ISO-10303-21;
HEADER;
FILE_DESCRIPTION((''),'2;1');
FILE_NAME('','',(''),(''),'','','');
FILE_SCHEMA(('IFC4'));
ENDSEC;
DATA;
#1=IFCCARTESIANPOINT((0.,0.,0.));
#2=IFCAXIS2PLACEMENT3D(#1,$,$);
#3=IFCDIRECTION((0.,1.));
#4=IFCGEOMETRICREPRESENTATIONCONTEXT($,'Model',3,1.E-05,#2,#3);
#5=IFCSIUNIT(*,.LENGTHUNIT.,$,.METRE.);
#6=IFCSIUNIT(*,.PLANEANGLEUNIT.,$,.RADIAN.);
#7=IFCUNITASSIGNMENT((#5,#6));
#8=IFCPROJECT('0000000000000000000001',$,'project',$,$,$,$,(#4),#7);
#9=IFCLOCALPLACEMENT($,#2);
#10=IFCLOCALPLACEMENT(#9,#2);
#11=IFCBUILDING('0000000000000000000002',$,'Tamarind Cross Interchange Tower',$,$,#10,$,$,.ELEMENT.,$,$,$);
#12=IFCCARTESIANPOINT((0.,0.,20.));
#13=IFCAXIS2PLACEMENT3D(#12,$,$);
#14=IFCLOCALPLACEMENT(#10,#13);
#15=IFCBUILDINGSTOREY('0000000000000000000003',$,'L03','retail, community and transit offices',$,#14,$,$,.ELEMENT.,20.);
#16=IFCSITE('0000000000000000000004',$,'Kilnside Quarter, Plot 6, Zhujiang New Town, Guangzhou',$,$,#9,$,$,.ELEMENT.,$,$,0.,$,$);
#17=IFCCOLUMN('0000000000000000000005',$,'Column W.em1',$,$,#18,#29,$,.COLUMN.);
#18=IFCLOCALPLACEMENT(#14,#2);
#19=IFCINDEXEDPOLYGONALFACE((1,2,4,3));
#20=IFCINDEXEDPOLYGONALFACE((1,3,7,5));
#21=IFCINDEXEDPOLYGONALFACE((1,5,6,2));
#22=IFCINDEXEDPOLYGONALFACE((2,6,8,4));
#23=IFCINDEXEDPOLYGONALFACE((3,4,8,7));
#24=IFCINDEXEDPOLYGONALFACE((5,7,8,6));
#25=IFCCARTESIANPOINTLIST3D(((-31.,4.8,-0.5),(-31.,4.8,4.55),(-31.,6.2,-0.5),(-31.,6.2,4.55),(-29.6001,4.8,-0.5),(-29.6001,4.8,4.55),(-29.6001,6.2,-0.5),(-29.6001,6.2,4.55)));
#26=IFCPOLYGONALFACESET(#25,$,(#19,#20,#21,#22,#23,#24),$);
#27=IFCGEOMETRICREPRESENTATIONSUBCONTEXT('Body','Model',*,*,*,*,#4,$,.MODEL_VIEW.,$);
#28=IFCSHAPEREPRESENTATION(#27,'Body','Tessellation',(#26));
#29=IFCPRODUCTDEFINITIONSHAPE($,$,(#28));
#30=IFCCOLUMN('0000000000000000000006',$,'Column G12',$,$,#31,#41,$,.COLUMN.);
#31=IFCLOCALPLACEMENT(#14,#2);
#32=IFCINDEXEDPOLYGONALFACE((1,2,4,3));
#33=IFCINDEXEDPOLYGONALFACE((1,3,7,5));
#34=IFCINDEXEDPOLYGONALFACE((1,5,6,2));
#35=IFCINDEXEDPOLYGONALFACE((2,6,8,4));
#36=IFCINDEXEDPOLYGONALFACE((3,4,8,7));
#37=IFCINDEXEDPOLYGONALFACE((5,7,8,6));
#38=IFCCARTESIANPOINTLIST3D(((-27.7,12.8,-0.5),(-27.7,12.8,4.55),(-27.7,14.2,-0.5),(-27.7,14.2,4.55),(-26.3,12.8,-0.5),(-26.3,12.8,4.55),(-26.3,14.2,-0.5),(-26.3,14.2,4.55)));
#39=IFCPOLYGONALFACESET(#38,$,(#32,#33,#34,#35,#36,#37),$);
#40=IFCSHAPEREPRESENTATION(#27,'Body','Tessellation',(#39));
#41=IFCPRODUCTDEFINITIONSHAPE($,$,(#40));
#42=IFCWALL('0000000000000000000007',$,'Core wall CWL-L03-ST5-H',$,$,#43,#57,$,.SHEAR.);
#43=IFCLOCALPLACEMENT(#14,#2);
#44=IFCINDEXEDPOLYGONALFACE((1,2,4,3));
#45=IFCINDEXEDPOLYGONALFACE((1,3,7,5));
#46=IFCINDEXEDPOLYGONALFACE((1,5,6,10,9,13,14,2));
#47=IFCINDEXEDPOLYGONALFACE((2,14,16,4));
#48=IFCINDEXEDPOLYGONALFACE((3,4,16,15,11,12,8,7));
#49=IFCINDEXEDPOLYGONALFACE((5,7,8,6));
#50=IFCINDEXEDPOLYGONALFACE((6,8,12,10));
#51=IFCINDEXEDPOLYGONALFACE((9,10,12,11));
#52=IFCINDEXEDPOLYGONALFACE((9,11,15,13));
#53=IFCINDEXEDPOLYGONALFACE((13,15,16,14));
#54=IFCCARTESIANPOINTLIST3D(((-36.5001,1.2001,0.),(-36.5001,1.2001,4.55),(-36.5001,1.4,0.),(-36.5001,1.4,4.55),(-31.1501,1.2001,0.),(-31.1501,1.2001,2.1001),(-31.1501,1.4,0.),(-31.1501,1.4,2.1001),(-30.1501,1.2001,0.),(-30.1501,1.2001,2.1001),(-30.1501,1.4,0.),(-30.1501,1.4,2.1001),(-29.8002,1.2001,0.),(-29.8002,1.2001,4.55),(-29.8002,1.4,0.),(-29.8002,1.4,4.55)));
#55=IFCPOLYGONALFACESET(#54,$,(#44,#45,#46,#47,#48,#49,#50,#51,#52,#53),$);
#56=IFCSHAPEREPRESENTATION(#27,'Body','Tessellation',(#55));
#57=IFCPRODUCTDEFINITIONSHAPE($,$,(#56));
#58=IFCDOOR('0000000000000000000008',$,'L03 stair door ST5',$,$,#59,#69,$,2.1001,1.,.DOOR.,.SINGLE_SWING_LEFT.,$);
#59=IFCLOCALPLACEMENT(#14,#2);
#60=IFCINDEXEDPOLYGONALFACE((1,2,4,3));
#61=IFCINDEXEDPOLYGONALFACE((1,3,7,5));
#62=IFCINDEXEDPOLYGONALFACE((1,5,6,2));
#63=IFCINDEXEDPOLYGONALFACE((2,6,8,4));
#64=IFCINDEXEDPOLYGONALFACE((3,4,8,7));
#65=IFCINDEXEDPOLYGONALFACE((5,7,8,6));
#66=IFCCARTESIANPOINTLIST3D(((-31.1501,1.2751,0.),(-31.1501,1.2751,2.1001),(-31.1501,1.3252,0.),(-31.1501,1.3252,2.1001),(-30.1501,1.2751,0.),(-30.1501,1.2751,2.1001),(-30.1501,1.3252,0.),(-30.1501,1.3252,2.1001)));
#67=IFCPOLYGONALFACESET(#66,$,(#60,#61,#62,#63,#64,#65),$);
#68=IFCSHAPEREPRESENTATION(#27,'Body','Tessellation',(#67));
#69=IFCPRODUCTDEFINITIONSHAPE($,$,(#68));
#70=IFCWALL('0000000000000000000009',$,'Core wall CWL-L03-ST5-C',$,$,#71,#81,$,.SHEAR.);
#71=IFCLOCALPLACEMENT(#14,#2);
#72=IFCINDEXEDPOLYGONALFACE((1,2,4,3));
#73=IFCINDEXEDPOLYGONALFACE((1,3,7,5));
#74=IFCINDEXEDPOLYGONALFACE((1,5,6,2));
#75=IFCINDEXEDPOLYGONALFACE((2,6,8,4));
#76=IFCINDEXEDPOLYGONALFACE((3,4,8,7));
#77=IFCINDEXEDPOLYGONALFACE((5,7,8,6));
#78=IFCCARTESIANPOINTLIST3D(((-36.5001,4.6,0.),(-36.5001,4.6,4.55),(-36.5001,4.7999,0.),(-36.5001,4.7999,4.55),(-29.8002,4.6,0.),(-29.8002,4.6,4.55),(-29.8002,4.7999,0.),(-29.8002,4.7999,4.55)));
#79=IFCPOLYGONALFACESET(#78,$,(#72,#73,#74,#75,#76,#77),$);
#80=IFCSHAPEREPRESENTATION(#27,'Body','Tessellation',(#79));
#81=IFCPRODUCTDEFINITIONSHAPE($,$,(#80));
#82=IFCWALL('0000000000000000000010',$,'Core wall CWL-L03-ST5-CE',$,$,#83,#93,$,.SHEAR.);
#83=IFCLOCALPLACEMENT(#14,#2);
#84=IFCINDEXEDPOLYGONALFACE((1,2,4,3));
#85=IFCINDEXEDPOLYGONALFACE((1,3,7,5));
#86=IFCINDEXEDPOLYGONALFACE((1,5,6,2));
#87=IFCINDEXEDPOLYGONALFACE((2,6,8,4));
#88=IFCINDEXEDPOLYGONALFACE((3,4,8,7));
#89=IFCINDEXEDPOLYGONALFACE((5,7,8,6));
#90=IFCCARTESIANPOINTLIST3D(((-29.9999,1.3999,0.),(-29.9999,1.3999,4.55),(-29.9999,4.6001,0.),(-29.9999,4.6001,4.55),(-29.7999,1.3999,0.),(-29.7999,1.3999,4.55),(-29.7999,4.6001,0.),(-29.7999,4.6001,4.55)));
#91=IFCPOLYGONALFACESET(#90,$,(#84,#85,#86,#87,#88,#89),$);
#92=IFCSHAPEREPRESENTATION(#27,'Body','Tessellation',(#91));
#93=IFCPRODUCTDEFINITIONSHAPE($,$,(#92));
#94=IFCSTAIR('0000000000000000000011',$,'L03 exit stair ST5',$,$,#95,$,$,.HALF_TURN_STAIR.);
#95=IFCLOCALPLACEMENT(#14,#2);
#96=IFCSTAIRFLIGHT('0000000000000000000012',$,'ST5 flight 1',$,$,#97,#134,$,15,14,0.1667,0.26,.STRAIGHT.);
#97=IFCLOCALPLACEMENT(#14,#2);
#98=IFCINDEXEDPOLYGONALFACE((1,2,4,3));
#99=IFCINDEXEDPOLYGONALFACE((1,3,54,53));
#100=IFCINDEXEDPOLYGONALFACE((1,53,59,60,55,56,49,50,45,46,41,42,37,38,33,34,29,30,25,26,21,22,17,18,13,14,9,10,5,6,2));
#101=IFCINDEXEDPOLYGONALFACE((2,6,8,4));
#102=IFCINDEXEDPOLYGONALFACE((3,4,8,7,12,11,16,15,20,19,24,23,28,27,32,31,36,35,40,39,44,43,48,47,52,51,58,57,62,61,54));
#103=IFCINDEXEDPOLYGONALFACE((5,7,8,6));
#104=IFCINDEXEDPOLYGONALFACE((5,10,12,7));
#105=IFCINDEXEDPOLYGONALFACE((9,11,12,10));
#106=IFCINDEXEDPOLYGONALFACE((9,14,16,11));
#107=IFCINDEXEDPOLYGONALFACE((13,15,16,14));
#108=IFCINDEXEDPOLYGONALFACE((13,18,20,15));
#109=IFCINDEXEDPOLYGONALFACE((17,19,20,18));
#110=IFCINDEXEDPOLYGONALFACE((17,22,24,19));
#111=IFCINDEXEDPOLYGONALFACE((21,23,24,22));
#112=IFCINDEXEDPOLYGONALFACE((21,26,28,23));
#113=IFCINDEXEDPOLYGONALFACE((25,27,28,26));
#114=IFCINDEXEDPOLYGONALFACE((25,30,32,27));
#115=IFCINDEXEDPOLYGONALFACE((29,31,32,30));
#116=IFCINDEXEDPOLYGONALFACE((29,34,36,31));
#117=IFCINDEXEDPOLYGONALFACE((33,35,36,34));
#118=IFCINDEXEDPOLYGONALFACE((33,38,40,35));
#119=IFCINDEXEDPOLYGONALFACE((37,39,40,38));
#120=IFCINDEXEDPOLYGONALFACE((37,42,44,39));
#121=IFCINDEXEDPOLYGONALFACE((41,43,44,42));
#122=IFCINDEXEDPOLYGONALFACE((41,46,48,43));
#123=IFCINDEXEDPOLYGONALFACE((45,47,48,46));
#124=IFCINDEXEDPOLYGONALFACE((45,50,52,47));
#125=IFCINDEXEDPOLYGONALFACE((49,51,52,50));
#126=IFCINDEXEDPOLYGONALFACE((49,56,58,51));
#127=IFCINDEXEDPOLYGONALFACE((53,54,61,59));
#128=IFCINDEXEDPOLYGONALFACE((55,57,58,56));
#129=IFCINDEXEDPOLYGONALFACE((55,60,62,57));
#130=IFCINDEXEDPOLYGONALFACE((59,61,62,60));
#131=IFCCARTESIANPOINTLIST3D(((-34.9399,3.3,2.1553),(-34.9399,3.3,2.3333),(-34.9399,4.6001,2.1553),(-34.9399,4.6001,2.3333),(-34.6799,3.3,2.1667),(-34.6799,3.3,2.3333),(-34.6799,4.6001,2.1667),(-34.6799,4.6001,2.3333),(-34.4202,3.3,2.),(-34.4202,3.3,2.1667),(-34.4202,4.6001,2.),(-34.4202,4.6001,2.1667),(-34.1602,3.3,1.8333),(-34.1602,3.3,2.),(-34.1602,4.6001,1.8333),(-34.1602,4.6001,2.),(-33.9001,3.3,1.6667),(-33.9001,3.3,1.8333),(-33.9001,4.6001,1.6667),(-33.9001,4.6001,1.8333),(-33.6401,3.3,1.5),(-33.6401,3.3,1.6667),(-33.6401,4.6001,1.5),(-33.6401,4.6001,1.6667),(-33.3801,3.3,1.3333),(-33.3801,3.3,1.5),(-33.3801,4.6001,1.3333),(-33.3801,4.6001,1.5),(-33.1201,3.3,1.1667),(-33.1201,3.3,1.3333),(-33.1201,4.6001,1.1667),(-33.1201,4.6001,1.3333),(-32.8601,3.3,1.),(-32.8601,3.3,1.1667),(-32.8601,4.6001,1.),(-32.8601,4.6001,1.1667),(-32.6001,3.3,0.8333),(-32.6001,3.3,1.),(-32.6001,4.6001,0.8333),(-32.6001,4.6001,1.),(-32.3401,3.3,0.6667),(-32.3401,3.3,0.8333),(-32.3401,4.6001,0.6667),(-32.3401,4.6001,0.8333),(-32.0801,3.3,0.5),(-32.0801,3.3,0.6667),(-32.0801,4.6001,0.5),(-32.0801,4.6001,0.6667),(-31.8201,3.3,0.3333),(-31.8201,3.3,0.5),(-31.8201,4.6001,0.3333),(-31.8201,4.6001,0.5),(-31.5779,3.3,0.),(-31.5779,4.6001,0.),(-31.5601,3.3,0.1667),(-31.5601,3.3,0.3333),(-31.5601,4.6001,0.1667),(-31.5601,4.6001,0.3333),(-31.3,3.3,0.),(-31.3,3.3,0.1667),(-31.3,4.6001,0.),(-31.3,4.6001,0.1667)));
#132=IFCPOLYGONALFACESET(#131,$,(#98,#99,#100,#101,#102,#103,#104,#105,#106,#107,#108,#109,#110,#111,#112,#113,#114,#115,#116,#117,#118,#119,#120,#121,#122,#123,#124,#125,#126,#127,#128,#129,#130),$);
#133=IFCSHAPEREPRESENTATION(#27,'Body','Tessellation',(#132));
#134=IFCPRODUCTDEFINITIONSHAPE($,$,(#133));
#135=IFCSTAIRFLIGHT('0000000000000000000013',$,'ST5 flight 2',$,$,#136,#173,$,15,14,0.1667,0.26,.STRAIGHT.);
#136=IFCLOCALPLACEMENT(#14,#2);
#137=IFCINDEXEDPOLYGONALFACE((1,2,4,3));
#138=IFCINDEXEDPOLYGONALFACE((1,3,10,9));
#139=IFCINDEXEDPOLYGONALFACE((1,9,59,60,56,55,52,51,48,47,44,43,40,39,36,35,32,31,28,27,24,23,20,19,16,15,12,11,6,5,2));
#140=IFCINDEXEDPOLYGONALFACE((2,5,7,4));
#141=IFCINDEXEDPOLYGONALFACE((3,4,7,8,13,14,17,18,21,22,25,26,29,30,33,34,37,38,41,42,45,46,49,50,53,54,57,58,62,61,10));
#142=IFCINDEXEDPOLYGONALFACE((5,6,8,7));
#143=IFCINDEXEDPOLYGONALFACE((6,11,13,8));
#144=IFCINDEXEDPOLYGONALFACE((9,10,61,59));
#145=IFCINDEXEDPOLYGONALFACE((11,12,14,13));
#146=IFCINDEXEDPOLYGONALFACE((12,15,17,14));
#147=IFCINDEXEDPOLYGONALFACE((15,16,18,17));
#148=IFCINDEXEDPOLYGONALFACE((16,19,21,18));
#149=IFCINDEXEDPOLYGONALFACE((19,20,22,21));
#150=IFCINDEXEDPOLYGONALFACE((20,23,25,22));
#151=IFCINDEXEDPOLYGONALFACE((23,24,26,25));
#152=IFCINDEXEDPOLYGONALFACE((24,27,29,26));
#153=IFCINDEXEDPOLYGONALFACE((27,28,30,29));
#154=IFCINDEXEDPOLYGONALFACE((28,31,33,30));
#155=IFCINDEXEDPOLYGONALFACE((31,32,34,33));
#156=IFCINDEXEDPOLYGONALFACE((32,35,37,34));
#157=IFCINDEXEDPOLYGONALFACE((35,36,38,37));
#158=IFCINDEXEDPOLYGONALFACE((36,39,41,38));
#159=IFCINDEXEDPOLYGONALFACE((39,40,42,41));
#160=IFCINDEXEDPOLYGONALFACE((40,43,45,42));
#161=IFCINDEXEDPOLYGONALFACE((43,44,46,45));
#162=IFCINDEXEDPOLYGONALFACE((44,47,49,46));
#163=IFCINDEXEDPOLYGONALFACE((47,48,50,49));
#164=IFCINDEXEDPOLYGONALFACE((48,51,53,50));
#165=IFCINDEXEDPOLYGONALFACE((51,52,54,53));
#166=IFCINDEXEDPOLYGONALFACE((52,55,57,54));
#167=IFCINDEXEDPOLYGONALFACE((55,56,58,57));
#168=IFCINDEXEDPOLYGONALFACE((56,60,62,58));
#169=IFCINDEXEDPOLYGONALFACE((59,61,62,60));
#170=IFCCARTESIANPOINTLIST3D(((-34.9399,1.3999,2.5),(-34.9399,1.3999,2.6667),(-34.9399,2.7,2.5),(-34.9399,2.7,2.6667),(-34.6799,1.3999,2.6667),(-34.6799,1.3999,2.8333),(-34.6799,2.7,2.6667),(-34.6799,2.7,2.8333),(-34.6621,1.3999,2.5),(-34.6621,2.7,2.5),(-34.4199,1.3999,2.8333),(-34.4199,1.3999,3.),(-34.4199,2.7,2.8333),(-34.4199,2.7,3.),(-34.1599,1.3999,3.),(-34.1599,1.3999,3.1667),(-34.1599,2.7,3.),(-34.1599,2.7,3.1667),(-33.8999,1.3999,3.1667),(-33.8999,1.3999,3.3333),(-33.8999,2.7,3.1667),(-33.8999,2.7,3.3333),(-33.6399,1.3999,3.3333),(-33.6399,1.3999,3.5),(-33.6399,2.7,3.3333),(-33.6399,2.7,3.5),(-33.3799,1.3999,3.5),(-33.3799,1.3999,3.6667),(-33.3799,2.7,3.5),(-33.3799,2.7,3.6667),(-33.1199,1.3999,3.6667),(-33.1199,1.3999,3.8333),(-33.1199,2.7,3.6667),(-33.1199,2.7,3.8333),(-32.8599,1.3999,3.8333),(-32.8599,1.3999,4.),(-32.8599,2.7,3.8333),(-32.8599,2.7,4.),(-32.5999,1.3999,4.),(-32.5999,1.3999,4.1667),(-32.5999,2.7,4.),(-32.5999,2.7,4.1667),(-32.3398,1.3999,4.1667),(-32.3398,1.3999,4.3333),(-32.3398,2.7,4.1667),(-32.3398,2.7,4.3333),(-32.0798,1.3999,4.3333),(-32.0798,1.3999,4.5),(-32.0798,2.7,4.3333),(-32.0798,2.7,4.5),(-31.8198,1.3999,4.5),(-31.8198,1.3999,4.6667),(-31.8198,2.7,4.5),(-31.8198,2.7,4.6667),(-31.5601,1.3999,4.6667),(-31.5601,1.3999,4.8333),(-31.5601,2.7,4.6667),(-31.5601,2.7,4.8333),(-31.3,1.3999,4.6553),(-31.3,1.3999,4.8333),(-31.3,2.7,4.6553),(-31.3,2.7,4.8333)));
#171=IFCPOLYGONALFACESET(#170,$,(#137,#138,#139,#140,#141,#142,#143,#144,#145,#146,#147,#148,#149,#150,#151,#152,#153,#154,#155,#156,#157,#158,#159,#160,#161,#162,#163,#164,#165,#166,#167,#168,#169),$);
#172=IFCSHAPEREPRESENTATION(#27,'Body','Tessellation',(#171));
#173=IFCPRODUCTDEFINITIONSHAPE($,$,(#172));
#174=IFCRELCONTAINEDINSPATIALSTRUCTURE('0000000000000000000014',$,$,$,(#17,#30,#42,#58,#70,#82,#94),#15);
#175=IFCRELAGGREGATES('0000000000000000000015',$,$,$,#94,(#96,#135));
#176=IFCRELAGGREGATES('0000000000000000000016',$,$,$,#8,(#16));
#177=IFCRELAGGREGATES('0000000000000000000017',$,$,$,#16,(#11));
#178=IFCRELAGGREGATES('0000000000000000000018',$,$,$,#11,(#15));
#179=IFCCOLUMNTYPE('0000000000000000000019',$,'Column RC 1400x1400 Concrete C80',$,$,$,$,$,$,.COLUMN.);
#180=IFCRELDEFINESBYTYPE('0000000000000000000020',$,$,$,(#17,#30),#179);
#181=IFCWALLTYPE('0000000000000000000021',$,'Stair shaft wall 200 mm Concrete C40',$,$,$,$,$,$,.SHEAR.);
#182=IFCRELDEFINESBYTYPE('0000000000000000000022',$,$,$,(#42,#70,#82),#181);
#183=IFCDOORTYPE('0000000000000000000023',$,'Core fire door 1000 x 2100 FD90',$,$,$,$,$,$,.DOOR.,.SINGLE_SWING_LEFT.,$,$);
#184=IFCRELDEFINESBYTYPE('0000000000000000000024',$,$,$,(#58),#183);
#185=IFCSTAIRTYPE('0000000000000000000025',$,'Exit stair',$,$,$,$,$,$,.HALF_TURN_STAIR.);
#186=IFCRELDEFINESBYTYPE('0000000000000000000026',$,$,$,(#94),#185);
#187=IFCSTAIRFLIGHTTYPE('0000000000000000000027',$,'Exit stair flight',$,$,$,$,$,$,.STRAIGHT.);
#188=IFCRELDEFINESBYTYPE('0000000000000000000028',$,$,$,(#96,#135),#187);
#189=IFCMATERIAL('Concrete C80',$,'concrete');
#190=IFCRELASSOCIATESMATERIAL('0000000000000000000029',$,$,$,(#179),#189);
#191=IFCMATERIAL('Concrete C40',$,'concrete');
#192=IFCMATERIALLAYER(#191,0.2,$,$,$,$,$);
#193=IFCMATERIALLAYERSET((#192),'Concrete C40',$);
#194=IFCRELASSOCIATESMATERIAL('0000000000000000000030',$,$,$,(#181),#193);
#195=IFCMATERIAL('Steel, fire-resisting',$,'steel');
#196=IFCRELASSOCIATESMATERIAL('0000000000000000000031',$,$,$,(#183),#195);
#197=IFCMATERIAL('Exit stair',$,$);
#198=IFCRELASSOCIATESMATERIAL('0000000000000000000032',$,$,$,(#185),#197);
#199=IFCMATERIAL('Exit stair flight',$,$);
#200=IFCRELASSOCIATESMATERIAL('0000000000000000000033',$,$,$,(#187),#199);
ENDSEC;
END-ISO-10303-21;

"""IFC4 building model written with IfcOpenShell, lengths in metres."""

from ifc_helpers import new_model, si_unit, direction, frame, frame_2d, origin, origin_2d, place, context, subcontext, project, spatial, polyline, rectangle, outline, extrude, material, layer, layer_set, material_profile, profile_set, type_object, element, fill, aggregate, save


model = new_model("IFC4")

# Units and contexts
model_context = context("Model", 3, precision=1e-05, world=origin(), true_north=direction((0.0, 1.0)))
body_context = subcontext(model_context, "Body", "Model", "MODEL_VIEW")
ifc_project = project(units=[si_unit("LENGTHUNIT", "METRE"), si_unit("PLANEANGLEUNIT", "RADIAN")], contexts=[model_context])

# Site, building, storey
site_placement = place(None, origin())
site = spatial("IfcSite", under=ifc_project, at=site_placement, Name="Kilnside Quarter, Plot 6, Zhujiang New Town, Guangzhou", CompositionType="ELEMENT", RefElevation=0.0)
building_placement = place(site_placement, origin())
building = spatial("IfcBuilding", under=site, at=building_placement, Name="Tamarind Cross Interchange Tower", CompositionType="ELEMENT")
storey_placement = place(building_placement, frame((0.0, 0.0, 20.0)))
storey = spatial("IfcBuildingStorey", under=building, at=storey_placement, Name="L03", Description="retail, community and transit offices", CompositionType="ELEMENT", Elevation=20.0)

# Columns
ifc_material_1 = material(Name="Concrete C80", Category="concrete")
ifc_material_profile = material_profile(ifc_material_1, rectangle(XDim=1.3999, YDim=1.3999, at=origin_2d()), Name="RC 1400x1400")
ifc_profile_set = profile_set([ifc_material_profile], Name="Concrete C80")
column_type = type_object("IfcColumnType", Name="Column RC 1400x1400 Concrete C80", PredefinedType="COLUMN", material=ifc_profile_set)
for number, where, z_axis, x_axis, name in (
    (1, (-30.3, 5.5, -0.5), (0.0, 0.0, 1.0), (1.0, 0.0, 0.0), "Column W.em1"),
    (2, (-27.0, 13.5, -0.5), (0.0, 0.0, 1.0), (1.0, 0.0, 0.0), "Column G12"),
):
    element("IfcColumn", number, at=place(storey_placement, frame(where, z_axis=z_axis, x_axis=x_axis)), inside=storey, type_object=column_type, Name=name, PredefinedType="COLUMN", context=body_context, shape_type="SweptSolid", body=[
        extrude(rectangle(XDim=1.3999, YDim=1.3999, at=origin_2d()), origin(), (0.0, 0.0, 1.0), 5.05),
    ])

# Wall, opening, door
ifc_material_2 = material(Name="Concrete C40", Category="concrete")
ifc_layer = layer(ifc_material_2, 0.2)
ifc_layer_set = layer_set([ifc_layer], Name="Concrete C40")
wall_type = type_object("IfcWallType", Name="Stair shaft wall 200 mm Concrete C40", PredefinedType="SHEAR", material=ifc_layer_set)
wall_1_placement = place(storey_placement, frame((-29.8, 1.3, 0.0), z_axis=(0.0, 0.0, 1.0), x_axis=(-1.0, 0.0, 0.0)))
wall_1 = element("IfcWall", 3, at=wall_1_placement, inside=storey, type_object=wall_type, Name="Core wall CWL-L03-ST5-H", PredefinedType="SHEAR", context=body_context, shape_type="SweptSolid", body=[
    extrude(rectangle(XDim=6.7, YDim=0.2, at=frame_2d((3.3501, 0.0))), origin(), (0.0, 0.0, 1.0), 4.55),
])
opening_placement = place(wall_1_placement, frame((0.3501, 0.0, 0.0)))
opening = element("IfcOpeningElement", 4, at=opening_placement, cuts=wall_1, PredefinedType="OPENING", context=body_context, shape_type="SweptSolid", body=[
    extrude(rectangle(XDim=1.0, YDim=2.1001, at=frame_2d((0.5, 1.05))), frame((0.0, 0.1099, 0.0), z_axis=(0.0, -1.0, 0.0), x_axis=(1.0, 0.0, 0.0)), (0.0, 0.0, 1.0), 0.22),
])
ifc_material_3 = material(Name="Steel, fire-resisting", Category="steel")
door_type = type_object("IfcDoorType", Name="Core fire door 1000 x 2100 FD90", OperationType="SINGLE_SWING_LEFT", PredefinedType="DOOR", material=ifc_material_3)
door_placement = place(opening_placement, origin())
door = element("IfcDoor", 5, at=door_placement, inside=storey, type_object=door_type, Name="L03 stair door ST5", OperationType="SINGLE_SWING_LEFT", OverallHeight=2.1001, OverallWidth=1.0, PredefinedType="DOOR", context=body_context, shape_type="SweptSolid", body=[
    extrude(rectangle(XDim=1.0, YDim=2.1001, at=frame_2d((0.5, 1.05))), frame((0.0, 0.0249, 0.0), z_axis=(0.0, -1.0, 0.0), x_axis=(1.0, 0.0, 0.0)), (0.0, 0.0, 1.0), 0.05),
])
fill(opening, door)

# Walls
wall_2_placement = place(storey_placement, frame((-29.8, 4.7, 0.0), z_axis=(0.0, 0.0, 1.0), x_axis=(-1.0, 0.0, 0.0)))
element("IfcWall", 6, at=wall_2_placement, inside=storey, type_object=wall_type, Name="Core wall CWL-L03-ST5-C", PredefinedType="SHEAR", context=body_context, shape_type="SweptSolid", body=[
    extrude(rectangle(XDim=6.7, YDim=0.2, at=frame_2d((3.3501, 0.0))), origin(), (0.0, 0.0, 1.0), 4.55),
])
wall_3_placement = place(storey_placement, frame((-29.8999, 4.6001, 0.0), z_axis=(0.0, 0.0, 1.0), x_axis=(0.0, -1.0, 0.0)))
element("IfcWall", 7, at=wall_3_placement, inside=storey, type_object=wall_type, Name="Core wall CWL-L03-ST5-CE", PredefinedType="SHEAR", context=body_context, shape_type="SweptSolid", body=[
    extrude(rectangle(XDim=3.2002, YDim=0.2, at=frame_2d((1.6001, 0.0))), origin(), (0.0, 0.0, 1.0), 4.55),
])

# Stair, stair flights
ifc_material_4 = material(Name="Exit stair")
stair_type = type_object("IfcStairType", Name="Exit stair", PredefinedType="HALF_TURN_STAIR", material=ifc_material_4)
stair_placement = place(storey_placement, origin())
stair = element("IfcStair", 8, at=stair_placement, inside=storey, type_object=stair_type, Name="L03 exit stair ST5", PredefinedType="HALF_TURN_STAIR")
ifc_material_5 = material(Name="Exit stair flight")
stair_flight_type = type_object("IfcStairFlightType", Name="Exit stair flight", PredefinedType="STRAIGHT", material=ifc_material_5)
stair_flight_1_placement = place(storey_placement, frame((-31.3, 3.95, 0.0), z_axis=(0.0, 0.0, 1.0), x_axis=(-1.0, 0.0, 0.0)))
stair_flight_1 = element("IfcStairFlight", 9, at=stair_flight_1_placement, type_object=stair_flight_type, Name="ST5 flight 1", NumberOfRisers=15, NumberOfTreads=14, PredefinedType="STRAIGHT", RiserHeight=0.1667, TreadLength=0.26, context=body_context, shape_type="SweptSolid", body=[
    extrude(outline(polyline([(0.0, 0.0), (0.0, 0.1667), (0.26, 0.1667), (0.26, 0.3333), (0.52, 0.3333), (0.52, 0.5), (0.78, 0.5), (0.78, 0.6667), (1.04, 0.6667), (1.04, 0.8333), (1.3, 0.8333), (1.3, 1.0), (1.5601, 1.0), (1.5601, 1.1667), (1.8201, 1.1667), (1.8201, 1.3333), (2.0801, 1.3333), (2.0801, 1.5), (2.3401, 1.5), (2.3401, 1.6667), (2.6001, 1.6667), (2.6001, 1.8333), (2.8601, 1.8333), (2.8601, 2.0), (3.1201, 2.0), (3.1201, 2.1667), (3.3799, 2.1667), (3.3799, 2.3333), (3.6399, 2.3333), (3.6399, 2.5), (3.6399, 2.1553), (0.2778, 0.0), (0.0, 0.0)])), frame((0.0, 0.6499, 0.0), z_axis=(0.0, -1.0, 0.0), x_axis=(1.0, 0.0, 0.0)), (0.0, 0.0, 1.0), 1.3),
])
stair_flight_2_placement = place(storey_placement, frame((-34.9399, 2.05, 2.5), z_axis=(0.0, 0.0, 1.0), x_axis=(1.0, 0.0, 0.0)))
stair_flight_2 = element("IfcStairFlight", 10, at=stair_flight_2_placement, type_object=stair_flight_type, Name="ST5 flight 2", NumberOfRisers=15, NumberOfTreads=14, PredefinedType="STRAIGHT", RiserHeight=0.1667, TreadLength=0.26, context=body_context, shape_type="SweptSolid", body=[
    extrude(outline(polyline([(0.0, 0.0), (0.0, 0.1667), (0.26, 0.1667), (0.26, 0.3333), (0.52, 0.3333), (0.52, 0.5), (0.78, 0.5), (0.78, 0.6667), (1.04, 0.6667), (1.04, 0.8333), (1.3, 0.8333), (1.3, 1.0), (1.5601, 1.0), (1.5601, 1.1667), (1.8201, 1.1667), (1.8201, 1.3333), (2.0801, 1.3333), (2.0801, 1.5), (2.3401, 1.5), (2.3401, 1.6667), (2.6001, 1.6667), (2.6001, 1.8333), (2.8601, 1.8333), (2.8601, 2.0), (3.1201, 2.0), (3.1201, 2.1667), (3.3799, 2.1667), (3.3799, 2.3333), (3.6399, 2.3333), (3.6399, 2.5), (3.6399, 2.1553), (0.2778, 0.0), (0.0, 0.0)])), frame((0.0, 0.6499, 0.0), z_axis=(0.0, -1.0, 0.0), x_axis=(1.0, 0.0, 0.0)), (0.0, 0.0, 1.0), 1.3),
])
aggregate(stair, [stair_flight_1, stair_flight_2])

save(model, "model.ifc")
